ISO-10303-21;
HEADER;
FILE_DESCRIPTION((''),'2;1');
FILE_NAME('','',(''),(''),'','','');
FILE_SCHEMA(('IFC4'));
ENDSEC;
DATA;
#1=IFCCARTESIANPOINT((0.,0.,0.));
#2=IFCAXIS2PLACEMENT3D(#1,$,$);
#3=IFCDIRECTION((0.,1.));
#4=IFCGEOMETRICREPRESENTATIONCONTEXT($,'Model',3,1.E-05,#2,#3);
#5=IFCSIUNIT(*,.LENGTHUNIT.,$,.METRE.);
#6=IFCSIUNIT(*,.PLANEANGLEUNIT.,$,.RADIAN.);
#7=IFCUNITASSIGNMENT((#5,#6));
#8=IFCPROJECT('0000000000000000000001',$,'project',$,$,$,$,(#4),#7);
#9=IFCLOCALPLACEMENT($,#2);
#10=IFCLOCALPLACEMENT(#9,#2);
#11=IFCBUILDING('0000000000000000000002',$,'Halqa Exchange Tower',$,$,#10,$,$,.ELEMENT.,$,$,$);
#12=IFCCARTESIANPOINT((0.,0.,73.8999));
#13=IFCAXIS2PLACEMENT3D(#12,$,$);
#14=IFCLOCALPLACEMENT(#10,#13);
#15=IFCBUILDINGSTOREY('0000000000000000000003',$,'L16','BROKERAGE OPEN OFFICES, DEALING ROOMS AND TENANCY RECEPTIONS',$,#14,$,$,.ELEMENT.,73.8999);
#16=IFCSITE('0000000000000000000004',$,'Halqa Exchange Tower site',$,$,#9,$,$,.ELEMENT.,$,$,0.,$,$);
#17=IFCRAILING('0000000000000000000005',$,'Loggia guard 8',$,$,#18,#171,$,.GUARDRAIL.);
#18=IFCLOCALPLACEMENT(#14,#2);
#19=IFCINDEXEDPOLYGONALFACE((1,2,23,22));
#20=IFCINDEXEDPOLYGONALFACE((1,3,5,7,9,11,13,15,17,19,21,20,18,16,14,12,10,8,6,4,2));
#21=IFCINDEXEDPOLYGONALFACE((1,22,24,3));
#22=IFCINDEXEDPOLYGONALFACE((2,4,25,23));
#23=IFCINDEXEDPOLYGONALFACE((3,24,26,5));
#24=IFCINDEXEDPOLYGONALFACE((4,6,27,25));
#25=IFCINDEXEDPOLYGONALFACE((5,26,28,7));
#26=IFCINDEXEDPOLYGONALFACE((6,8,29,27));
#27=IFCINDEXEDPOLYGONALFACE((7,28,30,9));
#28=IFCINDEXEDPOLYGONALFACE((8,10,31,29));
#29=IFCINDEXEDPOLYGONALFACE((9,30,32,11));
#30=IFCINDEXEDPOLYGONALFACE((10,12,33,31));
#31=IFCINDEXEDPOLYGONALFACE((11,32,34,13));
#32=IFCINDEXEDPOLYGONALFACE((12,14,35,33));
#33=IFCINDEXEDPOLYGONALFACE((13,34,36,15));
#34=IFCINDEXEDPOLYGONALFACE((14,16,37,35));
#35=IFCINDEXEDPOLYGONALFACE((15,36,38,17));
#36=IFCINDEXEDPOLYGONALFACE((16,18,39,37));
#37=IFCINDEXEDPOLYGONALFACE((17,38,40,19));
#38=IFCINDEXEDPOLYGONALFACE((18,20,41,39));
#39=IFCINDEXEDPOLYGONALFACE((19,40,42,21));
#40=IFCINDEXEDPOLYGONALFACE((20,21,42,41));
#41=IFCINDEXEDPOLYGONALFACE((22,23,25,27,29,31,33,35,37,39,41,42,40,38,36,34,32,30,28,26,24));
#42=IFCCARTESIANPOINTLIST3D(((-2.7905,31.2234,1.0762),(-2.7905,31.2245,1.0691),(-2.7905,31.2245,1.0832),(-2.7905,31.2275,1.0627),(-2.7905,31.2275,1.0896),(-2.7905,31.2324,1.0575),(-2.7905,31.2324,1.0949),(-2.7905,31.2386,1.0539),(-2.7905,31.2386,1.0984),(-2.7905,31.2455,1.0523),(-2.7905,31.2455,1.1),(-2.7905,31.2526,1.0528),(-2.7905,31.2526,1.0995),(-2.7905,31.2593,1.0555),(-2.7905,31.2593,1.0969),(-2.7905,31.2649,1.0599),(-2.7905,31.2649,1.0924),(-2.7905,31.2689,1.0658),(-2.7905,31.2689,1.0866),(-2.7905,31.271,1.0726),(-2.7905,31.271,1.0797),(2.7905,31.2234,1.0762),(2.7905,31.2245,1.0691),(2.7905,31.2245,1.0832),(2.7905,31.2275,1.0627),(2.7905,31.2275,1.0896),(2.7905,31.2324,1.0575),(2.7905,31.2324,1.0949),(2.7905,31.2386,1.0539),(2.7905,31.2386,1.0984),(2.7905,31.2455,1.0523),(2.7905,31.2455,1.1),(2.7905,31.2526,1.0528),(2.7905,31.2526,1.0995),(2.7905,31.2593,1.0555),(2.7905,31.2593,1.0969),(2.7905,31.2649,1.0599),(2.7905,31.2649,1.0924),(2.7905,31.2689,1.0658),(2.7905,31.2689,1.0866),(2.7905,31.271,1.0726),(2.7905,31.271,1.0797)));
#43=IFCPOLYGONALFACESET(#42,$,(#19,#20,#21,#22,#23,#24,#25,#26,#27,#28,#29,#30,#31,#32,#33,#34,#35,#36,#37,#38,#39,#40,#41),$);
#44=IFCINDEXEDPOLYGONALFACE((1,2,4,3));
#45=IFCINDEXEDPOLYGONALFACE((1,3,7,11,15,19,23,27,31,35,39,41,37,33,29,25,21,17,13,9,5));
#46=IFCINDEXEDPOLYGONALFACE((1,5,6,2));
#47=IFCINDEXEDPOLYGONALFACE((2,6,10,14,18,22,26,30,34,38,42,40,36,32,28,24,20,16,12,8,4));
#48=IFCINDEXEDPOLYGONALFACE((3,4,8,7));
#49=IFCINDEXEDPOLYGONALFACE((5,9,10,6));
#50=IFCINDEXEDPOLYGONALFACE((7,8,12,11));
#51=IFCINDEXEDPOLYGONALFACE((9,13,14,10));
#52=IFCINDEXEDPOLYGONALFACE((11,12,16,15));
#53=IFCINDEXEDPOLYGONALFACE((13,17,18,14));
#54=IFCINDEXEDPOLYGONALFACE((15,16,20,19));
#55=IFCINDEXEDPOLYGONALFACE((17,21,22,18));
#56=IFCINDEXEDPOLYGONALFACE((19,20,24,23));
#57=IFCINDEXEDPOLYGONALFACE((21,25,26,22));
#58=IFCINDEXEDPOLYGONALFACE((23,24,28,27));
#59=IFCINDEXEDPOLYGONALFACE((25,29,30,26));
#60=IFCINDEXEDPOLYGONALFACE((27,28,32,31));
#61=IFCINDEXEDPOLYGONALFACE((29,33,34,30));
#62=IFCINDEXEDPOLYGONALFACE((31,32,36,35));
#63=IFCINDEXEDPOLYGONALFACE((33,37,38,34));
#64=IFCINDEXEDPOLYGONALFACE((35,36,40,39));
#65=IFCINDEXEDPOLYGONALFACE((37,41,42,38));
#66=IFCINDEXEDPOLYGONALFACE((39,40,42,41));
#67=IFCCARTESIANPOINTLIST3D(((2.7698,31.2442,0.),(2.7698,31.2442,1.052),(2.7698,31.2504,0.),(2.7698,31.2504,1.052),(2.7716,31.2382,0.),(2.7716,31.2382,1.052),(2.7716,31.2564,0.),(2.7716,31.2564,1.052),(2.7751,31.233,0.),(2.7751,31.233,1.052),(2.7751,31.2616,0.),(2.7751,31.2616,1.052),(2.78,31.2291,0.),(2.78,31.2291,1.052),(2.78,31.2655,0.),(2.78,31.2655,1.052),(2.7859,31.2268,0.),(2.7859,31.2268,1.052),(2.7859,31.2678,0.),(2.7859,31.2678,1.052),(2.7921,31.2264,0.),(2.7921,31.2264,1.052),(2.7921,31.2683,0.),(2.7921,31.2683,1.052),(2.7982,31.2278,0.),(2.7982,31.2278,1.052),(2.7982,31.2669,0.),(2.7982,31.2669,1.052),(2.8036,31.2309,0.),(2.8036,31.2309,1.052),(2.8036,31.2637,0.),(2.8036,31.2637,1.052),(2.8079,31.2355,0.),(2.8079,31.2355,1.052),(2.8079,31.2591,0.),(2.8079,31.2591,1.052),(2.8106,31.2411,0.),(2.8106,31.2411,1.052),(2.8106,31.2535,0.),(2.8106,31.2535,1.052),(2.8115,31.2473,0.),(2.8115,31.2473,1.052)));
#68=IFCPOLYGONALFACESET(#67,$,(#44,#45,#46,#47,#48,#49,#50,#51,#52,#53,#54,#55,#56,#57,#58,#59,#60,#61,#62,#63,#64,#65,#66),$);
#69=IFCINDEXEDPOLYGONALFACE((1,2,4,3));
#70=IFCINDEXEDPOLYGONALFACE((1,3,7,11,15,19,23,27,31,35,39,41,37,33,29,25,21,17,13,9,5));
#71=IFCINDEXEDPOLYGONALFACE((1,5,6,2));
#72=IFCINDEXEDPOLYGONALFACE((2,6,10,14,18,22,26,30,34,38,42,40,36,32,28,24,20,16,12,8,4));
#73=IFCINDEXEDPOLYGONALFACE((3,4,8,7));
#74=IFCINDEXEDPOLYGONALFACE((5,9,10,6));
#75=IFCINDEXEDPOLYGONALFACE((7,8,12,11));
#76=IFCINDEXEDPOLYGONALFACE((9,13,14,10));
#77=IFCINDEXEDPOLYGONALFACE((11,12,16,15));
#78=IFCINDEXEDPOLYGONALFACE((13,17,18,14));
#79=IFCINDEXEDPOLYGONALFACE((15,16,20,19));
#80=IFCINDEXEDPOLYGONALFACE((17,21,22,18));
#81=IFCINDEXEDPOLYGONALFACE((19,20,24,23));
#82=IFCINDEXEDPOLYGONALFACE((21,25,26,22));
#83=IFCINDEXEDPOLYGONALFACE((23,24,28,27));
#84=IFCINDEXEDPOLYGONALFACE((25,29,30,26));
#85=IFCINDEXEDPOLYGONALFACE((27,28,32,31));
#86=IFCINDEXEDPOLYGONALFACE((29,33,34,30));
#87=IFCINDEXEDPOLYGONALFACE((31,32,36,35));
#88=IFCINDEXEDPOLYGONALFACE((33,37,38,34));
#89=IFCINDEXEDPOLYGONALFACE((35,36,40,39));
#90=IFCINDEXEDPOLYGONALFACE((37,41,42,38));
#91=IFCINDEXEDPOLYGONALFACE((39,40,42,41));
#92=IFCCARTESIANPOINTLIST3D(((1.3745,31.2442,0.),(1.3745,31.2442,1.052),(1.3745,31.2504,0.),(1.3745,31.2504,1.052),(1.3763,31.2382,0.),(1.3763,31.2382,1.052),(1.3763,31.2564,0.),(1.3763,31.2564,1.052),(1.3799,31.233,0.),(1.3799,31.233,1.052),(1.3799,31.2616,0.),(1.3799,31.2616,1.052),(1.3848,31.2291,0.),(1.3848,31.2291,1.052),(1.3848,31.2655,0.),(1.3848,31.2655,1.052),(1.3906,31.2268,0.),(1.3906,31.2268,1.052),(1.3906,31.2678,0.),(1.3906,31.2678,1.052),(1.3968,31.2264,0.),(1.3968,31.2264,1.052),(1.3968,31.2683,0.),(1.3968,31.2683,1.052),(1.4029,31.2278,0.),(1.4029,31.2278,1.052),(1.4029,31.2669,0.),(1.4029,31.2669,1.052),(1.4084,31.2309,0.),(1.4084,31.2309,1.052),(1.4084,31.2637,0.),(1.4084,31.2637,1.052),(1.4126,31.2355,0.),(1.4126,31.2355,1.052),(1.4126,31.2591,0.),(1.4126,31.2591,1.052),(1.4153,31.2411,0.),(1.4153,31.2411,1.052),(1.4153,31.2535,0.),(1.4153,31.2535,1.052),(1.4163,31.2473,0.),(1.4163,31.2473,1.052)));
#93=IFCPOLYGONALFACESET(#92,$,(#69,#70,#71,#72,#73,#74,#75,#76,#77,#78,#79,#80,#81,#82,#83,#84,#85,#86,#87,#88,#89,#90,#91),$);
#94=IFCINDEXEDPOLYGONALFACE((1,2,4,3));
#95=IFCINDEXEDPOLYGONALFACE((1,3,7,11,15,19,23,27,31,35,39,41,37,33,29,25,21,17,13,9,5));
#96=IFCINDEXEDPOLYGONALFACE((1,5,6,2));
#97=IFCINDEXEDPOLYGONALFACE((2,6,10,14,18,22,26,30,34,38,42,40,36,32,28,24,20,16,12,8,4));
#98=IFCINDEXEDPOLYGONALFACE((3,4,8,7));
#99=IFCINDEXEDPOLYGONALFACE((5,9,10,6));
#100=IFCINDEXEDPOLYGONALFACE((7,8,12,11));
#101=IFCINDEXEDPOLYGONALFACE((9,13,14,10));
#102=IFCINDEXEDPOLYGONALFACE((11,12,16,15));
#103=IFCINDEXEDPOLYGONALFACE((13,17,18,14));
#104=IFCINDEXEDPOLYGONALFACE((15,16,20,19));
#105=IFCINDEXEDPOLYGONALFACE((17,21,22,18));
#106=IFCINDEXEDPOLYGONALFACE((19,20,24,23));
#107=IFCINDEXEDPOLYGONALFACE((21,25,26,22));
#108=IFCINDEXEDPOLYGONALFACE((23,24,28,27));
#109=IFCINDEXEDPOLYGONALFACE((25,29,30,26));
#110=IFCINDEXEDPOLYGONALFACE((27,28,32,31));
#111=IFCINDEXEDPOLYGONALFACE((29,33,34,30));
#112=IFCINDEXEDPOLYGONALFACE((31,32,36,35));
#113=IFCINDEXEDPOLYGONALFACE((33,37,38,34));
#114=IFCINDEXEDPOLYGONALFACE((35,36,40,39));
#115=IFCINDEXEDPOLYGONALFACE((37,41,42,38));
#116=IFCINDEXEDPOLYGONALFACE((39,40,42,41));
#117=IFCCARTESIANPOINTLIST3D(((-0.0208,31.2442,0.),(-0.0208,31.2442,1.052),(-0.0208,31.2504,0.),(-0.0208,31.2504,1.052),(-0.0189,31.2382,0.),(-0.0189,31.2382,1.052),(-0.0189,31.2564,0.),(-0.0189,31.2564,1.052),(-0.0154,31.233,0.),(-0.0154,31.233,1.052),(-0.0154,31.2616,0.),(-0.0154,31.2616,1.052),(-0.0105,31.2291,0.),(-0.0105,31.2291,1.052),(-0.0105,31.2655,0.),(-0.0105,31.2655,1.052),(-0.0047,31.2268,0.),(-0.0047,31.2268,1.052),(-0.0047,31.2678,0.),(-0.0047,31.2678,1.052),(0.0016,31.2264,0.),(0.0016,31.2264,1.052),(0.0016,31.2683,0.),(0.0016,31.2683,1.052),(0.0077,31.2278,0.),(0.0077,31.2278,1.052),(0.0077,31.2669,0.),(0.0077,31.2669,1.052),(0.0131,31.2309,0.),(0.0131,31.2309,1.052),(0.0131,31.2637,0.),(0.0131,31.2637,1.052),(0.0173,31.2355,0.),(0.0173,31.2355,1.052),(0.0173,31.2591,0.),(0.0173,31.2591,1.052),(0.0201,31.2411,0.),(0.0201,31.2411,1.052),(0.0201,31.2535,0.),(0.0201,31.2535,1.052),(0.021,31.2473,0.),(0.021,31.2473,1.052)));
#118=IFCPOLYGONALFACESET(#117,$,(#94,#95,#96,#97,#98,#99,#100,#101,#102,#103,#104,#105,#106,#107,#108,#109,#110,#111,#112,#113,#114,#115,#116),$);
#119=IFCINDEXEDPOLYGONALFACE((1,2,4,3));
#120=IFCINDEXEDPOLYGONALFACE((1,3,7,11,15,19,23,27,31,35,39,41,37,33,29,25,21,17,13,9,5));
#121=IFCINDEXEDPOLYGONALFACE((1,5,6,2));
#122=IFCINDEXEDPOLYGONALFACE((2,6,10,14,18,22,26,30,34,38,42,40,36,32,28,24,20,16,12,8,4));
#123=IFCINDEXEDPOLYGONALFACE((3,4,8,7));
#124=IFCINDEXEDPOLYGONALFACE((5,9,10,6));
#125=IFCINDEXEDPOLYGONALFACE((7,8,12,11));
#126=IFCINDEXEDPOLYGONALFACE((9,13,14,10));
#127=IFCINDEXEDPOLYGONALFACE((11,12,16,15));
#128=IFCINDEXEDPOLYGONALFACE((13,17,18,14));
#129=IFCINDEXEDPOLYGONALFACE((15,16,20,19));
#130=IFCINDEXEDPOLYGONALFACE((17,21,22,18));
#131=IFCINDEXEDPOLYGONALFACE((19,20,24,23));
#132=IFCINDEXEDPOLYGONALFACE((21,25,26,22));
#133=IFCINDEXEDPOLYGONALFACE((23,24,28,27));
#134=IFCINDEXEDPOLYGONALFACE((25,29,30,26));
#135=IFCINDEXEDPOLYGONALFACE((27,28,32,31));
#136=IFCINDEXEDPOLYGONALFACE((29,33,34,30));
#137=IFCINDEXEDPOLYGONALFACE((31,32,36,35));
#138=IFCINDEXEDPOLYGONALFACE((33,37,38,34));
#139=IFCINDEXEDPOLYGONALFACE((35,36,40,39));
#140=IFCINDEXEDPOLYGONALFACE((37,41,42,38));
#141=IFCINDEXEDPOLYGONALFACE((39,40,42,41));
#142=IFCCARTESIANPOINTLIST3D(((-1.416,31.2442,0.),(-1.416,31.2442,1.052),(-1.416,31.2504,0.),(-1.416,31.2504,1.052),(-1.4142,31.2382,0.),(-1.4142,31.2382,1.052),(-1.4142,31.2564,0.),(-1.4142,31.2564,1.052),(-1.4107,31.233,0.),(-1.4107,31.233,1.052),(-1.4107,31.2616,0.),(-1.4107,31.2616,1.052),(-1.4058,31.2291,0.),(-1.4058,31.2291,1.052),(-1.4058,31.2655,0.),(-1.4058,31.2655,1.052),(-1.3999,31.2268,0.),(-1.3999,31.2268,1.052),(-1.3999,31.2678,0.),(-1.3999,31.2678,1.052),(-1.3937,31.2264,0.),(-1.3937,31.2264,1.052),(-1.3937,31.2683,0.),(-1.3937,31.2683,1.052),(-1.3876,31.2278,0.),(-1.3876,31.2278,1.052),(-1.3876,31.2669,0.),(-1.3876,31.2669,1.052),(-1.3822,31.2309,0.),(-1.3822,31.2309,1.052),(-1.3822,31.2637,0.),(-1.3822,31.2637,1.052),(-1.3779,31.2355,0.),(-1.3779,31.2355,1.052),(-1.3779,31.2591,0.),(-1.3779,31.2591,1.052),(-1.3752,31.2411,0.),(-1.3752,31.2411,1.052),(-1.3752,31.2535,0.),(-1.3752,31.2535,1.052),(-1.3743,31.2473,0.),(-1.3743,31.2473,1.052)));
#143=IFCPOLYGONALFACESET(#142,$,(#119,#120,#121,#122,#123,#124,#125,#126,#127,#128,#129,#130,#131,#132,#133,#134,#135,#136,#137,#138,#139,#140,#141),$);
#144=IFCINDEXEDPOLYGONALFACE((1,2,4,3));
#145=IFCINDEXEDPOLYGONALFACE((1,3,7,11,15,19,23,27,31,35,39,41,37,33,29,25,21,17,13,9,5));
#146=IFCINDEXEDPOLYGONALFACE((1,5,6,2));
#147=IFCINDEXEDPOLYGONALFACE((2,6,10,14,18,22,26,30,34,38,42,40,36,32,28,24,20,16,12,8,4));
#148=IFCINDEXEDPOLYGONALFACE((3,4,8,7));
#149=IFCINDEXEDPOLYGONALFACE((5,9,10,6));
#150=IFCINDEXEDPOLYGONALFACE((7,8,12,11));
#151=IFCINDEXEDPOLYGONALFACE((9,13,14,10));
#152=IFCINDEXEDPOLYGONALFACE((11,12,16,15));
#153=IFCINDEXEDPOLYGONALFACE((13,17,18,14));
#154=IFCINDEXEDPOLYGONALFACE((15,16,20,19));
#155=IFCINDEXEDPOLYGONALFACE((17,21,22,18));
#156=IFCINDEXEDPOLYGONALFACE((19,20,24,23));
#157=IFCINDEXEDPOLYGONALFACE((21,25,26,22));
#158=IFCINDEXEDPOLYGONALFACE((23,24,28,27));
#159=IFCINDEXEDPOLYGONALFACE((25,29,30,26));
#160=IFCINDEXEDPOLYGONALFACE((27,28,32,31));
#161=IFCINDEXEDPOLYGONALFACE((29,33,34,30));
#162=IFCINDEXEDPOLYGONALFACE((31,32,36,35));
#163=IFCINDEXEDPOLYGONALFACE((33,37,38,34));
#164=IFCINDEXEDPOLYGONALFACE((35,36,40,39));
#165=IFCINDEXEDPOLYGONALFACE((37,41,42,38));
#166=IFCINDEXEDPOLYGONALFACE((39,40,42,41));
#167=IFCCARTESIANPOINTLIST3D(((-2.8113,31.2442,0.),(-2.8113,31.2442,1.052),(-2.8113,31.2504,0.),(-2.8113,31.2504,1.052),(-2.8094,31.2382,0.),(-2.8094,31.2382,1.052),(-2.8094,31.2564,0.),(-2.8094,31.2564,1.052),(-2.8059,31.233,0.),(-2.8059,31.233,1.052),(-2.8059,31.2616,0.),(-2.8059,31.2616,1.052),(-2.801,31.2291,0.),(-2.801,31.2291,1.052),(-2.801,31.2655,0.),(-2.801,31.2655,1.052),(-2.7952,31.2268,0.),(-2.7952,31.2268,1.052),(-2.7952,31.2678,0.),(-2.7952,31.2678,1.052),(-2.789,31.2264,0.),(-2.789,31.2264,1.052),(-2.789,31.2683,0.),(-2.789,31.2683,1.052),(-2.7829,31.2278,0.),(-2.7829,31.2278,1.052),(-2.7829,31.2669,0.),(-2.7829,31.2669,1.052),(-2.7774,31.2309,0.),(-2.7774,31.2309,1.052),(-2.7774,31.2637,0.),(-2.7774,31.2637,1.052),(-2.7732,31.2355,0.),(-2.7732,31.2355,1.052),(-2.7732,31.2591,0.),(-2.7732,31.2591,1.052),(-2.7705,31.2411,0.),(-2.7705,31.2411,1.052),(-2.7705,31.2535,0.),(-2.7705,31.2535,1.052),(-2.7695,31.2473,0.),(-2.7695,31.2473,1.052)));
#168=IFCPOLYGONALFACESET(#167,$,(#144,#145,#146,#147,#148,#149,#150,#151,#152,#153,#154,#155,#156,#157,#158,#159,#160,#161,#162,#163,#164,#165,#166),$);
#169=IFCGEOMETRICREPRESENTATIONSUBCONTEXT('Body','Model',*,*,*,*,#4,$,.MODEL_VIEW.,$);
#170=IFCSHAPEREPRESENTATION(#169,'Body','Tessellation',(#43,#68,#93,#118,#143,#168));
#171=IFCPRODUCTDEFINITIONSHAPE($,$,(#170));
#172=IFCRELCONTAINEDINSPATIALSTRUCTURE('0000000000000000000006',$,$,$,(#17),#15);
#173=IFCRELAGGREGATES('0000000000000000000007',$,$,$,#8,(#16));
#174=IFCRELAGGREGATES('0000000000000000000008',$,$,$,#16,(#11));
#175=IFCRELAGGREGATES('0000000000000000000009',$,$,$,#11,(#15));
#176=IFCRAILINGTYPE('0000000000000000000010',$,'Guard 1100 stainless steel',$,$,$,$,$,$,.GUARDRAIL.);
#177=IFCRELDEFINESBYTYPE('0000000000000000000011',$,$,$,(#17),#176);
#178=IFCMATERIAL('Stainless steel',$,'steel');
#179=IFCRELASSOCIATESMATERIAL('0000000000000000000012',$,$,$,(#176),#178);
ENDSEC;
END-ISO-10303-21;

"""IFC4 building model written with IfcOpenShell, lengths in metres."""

from ifc_helpers import new_model, si_unit, direction, frame, origin, origin_2d, place, context, subcontext, project, spatial, circle, extrude, material, type_object, element, save


model = new_model("IFC4")

# Units and contexts
model_context = context("Model", 3, precision=1e-05, world=origin(), true_north=direction((0.0, 1.0)))
body_context = subcontext(model_context, "Body", "Model", "MODEL_VIEW")
ifc_project = project(units=[si_unit("LENGTHUNIT", "METRE"), si_unit("PLANEANGLEUNIT", "RADIAN")], contexts=[model_context])

# Site, building, storey
site_placement = place(None, origin())
site = spatial("IfcSite", under=ifc_project, at=site_placement, Name="Halqa Exchange Tower site", CompositionType="ELEMENT", RefElevation=0.0)
building_placement = place(site_placement, origin())
building = spatial("IfcBuilding", under=site, at=building_placement, Name="Halqa Exchange Tower", CompositionType="ELEMENT")
storey_placement = place(building_placement, frame((0.0, 0.0, 73.8999)))
storey = spatial("IfcBuildingStorey", under=building, at=storey_placement, Name="L16", Description="BROKERAGE OPEN OFFICES, DEALING ROOMS AND TENANCY RECEPTIONS", CompositionType="ELEMENT", Elevation=73.8999)

# Railing
ifc_material_1 = material(Name="Stainless steel", Category="steel")
railing_type_1 = type_object("IfcRailingType", Name="Guard 1100 stainless steel", PredefinedType="GUARDRAIL", material=ifc_material_1)
railing_1_placement = place(storey_placement, frame((2.7905, 31.2473, 0.0)))
element("IfcRailing", 1, at=railing_1_placement, inside=storey, type_object=railing_type_1, Name="Loggia guard 8", PredefinedType="GUARDRAIL", context=body_context, shape_type="SweptSolid", body=[
    extrude(circle(Radius=0.0239, at=origin_2d()), frame((0.0, 0.0, 1.0762), z_axis=(-1.0, 0.0, 0.0), x_axis=(0.0, -1.0, 0.0)), (0.0, 0.0, 1.0), 5.5811),
    extrude(circle(Radius=0.021, at=origin_2d()), origin(), (0.0, 0.0, 1.0), 1.052),
    extrude(circle(Radius=0.021, at=origin_2d()), frame((-1.3953, 0.0, 0.0)), (0.0, 0.0, 1.0), 1.052),
    extrude(circle(Radius=0.021, at=origin_2d()), frame((-2.7905, 0.0, 0.0)), (0.0, 0.0, 1.0), 1.052),
    extrude(circle(Radius=0.021, at=origin_2d()), frame((-4.1858, 0.0, 0.0)), (0.0, 0.0, 1.0), 1.052),
    extrude(circle(Radius=0.021, at=origin_2d()), frame((-5.5811, 0.0, 0.0)), (0.0, 0.0, 1.0), 1.052),
])

save(model, "model.ifc")
